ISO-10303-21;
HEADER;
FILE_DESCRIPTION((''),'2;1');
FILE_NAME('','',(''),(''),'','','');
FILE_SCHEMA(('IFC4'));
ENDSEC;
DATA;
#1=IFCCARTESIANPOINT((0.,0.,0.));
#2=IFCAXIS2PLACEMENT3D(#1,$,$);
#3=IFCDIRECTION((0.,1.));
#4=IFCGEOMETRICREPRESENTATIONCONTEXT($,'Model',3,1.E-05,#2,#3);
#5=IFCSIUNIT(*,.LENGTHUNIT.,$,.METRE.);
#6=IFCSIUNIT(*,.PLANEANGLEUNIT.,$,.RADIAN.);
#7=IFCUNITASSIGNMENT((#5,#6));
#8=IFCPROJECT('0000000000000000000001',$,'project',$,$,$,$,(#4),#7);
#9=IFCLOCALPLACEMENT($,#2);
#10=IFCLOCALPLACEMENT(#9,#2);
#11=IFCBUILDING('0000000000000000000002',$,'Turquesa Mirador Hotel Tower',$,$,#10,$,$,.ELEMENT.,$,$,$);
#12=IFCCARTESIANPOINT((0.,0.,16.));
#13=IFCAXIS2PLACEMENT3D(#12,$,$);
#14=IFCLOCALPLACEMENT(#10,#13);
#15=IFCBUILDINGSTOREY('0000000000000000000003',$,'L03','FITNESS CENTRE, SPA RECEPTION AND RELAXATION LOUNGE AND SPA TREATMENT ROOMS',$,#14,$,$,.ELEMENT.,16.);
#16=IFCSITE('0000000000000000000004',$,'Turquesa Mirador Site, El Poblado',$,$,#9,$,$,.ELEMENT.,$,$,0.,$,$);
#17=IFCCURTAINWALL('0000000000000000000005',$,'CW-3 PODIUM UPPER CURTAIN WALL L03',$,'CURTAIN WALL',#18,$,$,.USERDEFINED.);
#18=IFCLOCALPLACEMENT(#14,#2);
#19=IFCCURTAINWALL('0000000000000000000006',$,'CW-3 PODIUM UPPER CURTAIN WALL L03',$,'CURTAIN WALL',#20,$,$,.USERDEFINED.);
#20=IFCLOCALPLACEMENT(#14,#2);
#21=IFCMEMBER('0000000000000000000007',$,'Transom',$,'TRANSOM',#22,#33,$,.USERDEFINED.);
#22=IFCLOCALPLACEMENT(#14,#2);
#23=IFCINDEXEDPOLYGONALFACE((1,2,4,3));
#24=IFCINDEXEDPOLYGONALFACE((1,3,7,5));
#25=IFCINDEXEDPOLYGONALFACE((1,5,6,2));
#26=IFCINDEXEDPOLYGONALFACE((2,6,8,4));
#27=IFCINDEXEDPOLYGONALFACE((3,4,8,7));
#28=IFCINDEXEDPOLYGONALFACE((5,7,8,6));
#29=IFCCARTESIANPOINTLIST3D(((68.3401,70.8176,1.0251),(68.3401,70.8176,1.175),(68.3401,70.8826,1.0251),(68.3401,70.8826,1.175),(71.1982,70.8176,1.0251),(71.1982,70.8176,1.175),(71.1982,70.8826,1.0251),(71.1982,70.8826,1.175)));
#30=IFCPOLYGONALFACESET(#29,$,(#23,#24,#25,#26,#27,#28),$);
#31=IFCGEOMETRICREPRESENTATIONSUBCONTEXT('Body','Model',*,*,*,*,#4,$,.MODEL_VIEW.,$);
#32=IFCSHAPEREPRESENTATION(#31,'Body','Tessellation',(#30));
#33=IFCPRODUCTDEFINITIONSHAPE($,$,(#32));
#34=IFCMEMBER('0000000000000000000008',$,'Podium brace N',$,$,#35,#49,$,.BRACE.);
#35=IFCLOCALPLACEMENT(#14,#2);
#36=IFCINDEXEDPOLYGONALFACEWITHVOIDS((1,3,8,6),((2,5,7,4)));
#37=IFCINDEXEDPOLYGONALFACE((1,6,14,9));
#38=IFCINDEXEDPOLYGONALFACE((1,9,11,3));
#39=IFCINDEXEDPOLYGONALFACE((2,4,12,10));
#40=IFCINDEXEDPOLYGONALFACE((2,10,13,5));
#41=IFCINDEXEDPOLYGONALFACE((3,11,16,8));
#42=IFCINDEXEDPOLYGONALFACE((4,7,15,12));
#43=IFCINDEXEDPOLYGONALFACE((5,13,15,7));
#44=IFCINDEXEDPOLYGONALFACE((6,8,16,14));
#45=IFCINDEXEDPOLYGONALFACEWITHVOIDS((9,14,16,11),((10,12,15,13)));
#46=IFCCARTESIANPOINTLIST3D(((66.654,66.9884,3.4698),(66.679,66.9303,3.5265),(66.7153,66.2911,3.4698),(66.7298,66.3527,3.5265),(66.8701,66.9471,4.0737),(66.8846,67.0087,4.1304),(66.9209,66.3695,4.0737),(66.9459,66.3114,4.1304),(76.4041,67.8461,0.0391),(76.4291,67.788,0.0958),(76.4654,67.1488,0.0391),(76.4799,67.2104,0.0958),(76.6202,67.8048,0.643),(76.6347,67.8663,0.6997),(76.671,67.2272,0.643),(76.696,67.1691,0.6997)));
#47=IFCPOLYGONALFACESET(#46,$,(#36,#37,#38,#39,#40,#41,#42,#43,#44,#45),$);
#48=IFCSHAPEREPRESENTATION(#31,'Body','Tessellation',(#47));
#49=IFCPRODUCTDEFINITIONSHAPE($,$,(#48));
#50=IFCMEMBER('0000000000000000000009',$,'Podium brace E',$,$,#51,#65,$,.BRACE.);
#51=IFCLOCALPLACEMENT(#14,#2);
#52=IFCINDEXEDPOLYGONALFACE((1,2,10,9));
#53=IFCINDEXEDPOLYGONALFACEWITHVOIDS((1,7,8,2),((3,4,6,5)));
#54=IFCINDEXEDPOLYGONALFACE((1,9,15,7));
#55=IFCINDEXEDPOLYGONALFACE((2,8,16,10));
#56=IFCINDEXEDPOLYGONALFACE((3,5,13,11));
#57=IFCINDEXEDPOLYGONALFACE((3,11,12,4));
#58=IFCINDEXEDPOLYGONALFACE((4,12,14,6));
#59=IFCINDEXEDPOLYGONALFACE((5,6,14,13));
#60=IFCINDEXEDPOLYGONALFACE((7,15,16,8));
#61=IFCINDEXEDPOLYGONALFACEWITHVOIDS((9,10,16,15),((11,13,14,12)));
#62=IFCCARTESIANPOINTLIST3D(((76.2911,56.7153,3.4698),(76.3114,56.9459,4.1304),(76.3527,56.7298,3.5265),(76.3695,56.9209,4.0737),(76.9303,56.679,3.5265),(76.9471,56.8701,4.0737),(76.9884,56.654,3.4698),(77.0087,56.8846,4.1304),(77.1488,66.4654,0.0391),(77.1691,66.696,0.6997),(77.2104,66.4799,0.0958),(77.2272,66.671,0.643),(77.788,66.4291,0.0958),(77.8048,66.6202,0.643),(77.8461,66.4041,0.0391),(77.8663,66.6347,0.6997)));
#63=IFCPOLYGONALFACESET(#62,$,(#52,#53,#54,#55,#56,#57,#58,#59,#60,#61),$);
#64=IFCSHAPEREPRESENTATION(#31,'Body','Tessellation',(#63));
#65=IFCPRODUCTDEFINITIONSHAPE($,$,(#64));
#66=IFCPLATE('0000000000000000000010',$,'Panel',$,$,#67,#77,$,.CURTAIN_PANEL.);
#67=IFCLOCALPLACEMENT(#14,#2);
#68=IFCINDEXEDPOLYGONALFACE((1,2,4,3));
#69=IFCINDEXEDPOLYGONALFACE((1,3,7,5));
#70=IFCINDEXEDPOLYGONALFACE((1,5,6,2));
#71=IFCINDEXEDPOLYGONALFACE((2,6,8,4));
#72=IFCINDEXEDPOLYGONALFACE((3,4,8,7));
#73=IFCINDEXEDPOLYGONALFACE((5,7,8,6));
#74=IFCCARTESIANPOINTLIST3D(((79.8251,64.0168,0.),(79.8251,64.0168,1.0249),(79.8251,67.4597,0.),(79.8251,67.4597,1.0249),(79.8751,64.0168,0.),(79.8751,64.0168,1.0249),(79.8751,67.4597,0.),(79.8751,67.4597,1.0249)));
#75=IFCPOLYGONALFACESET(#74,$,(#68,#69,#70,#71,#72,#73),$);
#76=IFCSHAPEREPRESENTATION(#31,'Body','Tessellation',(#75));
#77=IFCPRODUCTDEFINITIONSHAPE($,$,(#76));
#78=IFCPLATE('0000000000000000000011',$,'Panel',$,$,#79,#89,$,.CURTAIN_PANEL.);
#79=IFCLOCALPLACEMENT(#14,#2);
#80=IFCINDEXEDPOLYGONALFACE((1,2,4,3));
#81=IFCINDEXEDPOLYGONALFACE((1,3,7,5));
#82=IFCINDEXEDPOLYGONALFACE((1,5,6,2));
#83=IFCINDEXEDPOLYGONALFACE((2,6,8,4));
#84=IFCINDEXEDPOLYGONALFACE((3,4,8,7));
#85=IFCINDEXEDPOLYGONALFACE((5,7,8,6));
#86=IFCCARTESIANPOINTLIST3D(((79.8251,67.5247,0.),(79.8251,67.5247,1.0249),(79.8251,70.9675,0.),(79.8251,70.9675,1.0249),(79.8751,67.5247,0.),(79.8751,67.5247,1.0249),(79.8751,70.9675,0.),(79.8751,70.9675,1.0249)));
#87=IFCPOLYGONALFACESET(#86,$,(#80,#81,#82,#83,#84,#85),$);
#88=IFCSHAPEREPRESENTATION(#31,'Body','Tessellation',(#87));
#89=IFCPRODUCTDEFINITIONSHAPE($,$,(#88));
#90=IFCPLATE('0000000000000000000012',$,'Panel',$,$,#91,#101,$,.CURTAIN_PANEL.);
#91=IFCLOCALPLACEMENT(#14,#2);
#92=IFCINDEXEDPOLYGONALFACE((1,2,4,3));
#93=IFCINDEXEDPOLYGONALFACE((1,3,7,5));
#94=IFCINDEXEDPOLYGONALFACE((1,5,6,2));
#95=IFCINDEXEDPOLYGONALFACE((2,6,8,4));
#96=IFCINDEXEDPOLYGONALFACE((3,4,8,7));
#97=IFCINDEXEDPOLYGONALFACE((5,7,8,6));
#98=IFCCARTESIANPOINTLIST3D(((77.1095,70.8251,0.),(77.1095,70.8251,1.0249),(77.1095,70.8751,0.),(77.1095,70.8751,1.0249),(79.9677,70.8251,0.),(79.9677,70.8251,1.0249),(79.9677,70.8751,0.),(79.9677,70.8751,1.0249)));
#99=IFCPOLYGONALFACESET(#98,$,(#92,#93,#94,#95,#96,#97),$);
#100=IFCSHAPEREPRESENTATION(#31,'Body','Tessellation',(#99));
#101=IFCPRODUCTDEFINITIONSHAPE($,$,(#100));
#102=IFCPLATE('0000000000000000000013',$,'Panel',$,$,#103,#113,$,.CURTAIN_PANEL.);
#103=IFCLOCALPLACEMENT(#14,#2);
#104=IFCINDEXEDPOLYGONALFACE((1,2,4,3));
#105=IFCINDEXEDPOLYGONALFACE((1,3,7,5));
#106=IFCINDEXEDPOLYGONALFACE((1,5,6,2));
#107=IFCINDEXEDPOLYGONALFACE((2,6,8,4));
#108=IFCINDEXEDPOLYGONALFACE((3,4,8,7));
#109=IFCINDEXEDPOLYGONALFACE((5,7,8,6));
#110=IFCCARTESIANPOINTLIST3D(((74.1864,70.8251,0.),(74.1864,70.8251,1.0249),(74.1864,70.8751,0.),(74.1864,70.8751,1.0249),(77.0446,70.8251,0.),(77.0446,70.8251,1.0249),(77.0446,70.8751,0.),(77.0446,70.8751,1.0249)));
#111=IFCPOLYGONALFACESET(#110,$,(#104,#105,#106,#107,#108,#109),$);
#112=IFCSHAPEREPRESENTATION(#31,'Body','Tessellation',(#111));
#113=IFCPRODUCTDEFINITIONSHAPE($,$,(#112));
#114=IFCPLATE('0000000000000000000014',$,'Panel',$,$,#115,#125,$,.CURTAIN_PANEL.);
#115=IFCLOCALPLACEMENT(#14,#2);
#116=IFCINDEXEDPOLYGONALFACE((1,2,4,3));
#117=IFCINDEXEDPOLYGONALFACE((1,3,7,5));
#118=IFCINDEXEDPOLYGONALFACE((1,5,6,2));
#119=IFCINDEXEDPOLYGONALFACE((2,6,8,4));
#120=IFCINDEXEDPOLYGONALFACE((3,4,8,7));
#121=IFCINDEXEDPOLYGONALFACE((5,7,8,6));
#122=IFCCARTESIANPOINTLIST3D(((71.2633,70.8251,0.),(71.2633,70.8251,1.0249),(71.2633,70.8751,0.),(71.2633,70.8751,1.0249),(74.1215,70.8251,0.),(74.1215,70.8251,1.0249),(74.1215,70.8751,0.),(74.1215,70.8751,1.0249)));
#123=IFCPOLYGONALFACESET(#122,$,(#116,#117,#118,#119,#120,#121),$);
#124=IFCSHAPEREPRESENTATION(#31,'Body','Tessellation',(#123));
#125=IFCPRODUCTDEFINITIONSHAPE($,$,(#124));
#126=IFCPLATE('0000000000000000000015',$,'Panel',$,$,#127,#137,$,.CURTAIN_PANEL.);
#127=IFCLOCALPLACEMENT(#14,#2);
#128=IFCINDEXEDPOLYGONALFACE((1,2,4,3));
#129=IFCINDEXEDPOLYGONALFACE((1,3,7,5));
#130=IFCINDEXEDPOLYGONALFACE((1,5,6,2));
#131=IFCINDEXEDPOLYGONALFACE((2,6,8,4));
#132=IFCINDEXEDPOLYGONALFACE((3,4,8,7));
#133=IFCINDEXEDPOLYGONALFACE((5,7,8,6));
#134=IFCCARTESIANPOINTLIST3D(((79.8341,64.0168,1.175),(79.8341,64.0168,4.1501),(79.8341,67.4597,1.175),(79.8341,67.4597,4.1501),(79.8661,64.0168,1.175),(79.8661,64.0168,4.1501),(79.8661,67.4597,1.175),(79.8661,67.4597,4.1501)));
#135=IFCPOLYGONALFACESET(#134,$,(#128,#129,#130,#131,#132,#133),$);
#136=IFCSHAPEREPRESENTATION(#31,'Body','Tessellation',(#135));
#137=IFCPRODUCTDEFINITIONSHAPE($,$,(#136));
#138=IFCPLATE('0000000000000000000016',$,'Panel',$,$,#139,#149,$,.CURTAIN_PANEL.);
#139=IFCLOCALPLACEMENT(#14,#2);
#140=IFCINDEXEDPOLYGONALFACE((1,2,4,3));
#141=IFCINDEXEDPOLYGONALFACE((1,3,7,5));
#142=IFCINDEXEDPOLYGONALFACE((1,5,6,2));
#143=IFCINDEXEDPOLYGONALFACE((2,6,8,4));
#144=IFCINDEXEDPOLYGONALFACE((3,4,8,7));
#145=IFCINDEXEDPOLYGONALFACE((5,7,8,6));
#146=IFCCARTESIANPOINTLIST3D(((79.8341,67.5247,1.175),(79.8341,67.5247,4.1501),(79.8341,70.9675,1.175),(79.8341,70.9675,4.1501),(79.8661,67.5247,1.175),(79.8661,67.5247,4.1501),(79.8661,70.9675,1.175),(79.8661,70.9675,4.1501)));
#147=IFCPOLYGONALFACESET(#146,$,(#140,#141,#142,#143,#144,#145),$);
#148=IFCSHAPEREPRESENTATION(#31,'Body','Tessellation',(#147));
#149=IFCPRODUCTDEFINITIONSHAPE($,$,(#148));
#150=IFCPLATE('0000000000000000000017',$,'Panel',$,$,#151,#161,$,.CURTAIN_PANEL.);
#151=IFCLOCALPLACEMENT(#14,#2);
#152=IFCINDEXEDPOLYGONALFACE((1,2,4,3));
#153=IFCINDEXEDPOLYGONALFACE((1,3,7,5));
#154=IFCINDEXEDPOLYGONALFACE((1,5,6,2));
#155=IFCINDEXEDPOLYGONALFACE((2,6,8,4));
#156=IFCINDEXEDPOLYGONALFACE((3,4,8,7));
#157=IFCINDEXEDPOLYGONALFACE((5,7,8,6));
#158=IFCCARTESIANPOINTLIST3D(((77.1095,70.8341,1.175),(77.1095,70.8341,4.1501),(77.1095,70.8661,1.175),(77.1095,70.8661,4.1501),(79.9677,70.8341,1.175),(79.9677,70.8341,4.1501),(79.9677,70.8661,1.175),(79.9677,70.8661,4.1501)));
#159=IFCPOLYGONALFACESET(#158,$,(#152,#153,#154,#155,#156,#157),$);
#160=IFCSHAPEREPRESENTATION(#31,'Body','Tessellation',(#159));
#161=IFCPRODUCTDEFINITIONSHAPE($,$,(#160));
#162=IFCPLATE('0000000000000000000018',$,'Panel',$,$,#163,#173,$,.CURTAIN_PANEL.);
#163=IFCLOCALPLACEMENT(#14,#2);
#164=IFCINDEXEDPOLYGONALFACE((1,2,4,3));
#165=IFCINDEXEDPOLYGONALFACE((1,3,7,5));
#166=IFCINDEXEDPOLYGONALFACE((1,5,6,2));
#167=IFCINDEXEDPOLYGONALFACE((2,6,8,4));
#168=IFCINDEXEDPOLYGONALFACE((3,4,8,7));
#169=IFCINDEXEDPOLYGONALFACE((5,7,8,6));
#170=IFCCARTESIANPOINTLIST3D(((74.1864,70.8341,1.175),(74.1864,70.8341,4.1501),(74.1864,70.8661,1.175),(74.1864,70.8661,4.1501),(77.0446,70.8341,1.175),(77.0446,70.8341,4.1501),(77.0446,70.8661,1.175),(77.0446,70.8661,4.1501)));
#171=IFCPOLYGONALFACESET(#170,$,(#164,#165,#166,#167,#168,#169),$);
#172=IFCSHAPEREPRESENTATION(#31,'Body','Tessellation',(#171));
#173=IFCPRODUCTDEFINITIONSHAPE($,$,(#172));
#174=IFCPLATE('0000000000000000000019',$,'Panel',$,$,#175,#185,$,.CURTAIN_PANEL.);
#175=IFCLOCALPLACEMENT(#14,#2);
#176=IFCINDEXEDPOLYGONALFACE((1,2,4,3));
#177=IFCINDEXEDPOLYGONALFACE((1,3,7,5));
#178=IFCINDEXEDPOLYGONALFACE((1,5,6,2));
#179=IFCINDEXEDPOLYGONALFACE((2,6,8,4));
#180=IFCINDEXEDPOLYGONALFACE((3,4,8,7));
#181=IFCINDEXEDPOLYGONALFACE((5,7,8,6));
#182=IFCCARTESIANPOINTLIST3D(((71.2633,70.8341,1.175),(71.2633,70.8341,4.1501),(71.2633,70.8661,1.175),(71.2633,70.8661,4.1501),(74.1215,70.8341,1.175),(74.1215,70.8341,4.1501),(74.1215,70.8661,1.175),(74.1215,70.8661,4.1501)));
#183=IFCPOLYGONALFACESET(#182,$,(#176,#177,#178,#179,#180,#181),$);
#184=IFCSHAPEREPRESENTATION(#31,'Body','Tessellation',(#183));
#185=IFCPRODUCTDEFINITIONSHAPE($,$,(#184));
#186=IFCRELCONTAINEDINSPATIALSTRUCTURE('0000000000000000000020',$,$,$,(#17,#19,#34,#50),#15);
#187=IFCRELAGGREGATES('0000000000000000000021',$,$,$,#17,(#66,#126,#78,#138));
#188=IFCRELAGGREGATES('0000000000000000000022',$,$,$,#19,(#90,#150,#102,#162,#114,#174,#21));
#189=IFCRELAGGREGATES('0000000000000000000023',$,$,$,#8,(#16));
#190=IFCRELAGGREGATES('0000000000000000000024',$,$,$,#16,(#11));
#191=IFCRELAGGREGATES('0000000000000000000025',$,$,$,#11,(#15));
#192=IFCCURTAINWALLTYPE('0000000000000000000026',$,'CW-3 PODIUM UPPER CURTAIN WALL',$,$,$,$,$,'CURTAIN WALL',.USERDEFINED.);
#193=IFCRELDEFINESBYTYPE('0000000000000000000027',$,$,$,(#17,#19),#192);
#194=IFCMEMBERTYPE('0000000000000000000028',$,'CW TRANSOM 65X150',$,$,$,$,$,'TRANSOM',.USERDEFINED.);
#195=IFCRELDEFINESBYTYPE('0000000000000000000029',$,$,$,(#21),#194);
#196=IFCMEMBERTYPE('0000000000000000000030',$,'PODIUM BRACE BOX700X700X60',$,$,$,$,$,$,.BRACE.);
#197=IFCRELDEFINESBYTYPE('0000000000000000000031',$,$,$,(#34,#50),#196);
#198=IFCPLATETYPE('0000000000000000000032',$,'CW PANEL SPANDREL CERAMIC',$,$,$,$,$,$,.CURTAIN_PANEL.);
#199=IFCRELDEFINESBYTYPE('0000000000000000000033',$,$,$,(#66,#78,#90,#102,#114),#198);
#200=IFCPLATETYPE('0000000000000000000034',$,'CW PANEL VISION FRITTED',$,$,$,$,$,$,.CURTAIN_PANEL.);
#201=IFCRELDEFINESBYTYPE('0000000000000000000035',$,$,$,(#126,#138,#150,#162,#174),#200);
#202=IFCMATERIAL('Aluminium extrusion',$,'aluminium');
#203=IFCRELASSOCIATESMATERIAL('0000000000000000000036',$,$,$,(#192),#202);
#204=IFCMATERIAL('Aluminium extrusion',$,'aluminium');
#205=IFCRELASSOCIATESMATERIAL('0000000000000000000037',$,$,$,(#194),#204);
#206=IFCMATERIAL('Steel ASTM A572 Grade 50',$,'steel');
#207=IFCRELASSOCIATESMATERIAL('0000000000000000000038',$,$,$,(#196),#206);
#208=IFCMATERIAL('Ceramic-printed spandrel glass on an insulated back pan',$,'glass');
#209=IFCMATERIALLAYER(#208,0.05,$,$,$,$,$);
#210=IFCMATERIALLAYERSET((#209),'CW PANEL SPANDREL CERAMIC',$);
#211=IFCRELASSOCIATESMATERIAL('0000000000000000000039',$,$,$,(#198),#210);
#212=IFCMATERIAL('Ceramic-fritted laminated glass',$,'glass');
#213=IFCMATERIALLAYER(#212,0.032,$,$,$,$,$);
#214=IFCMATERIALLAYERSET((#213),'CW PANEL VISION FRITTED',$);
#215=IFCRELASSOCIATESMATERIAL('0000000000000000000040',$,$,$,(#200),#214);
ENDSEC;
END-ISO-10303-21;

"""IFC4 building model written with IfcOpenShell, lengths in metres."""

from ifc_helpers import new_model, si_unit, direction, frame, origin, origin_2d, place, context, subcontext, project, spatial, rectangle, hollow_rectangle, extrude, material, layer, layer_set, material_profile, profile_set, type_object, element, aggregate, save


model = new_model("IFC4")

# Units and contexts
model_context = context("Model", 3, precision=1e-05, world=origin(), true_north=direction((0.0, 1.0)))
body_context = subcontext(model_context, "Body", "Model", "MODEL_VIEW")
ifc_project = project(units=[si_unit("LENGTHUNIT", "METRE"), si_unit("PLANEANGLEUNIT", "RADIAN")], contexts=[model_context])

# Site, building, storey
site_placement = place(None, origin())
site = spatial("IfcSite", under=ifc_project, at=site_placement, Name="Turquesa Mirador Site, El Poblado", CompositionType="ELEMENT", RefElevation=0.0)
building_placement = place(site_placement, origin())
building = spatial("IfcBuilding", under=site, at=building_placement, Name="Turquesa Mirador Hotel Tower", CompositionType="ELEMENT")
storey_placement = place(building_placement, frame((0.0, 0.0, 16.0)))
storey = spatial("IfcBuildingStorey", under=building, at=storey_placement, Name="L03", Description="FITNESS CENTRE, SPA RECEPTION AND RELAXATION LOUNGE AND SPA TREATMENT ROOMS", CompositionType="ELEMENT", Elevation=16.0)

# Curtain walls
ifc_material_1 = material(Name="Aluminium extrusion", Category="aluminium")
curtain_wall_type = type_object("IfcCurtainWallType", Name="CW-3 PODIUM UPPER CURTAIN WALL", ElementType="CURTAIN WALL", PredefinedType="USERDEFINED", material=ifc_material_1)
curtain_wall_1_placement = place(storey_placement, origin())
curtain_wall_1 = element("IfcCurtainWall", 1, at=curtain_wall_1_placement, inside=storey, type_object=curtain_wall_type, Name="CW-3 PODIUM UPPER CURTAIN WALL L03", ObjectType="CURTAIN WALL", PredefinedType="USERDEFINED")
curtain_wall_2_placement = place(storey_placement, origin())
curtain_wall_2 = element("IfcCurtainWall", 2, at=curtain_wall_2_placement, inside=storey, type_object=curtain_wall_type, Name="CW-3 PODIUM UPPER CURTAIN WALL L03", ObjectType="CURTAIN WALL", PredefinedType="USERDEFINED")

# Member
ifc_material_2 = material(Name="Aluminium extrusion", Category="aluminium")
ifc_material_profile_1 = material_profile(ifc_material_2, rectangle(XDim=0.0649, YDim=0.1499, at=origin_2d()), Name="TRANSOM 65X150")
ifc_profile_set_1 = profile_set([ifc_material_profile_1], Name="Aluminium extrusion")
member_type_1 = type_object("IfcMemberType", Name="CW TRANSOM 65X150", ElementType="TRANSOM", PredefinedType="USERDEFINED", material=ifc_profile_set_1)
member_1_placement = place(storey_placement, frame((71.1982, 70.8501, 1.1001), z_axis=(-1.0, 0.0, 0.0), x_axis=(0.0, -1.0, 0.0)))
member_1 = element("IfcMember", 3, at=member_1_placement, type_object=member_type_1, Name="Transom", ObjectType="TRANSOM", PredefinedType="USERDEFINED", context=body_context, shape_type="SweptSolid", body=[
    extrude(rectangle(XDim=0.0649, YDim=0.1499, at=origin_2d()), origin(), (0.0, 0.0, 1.0), 2.8582),
])

# Members
ifc_material_3 = material(Name="Steel ASTM A572 Grade 50", Category="steel")
ifc_material_profile_2 = material_profile(ifc_material_3, hollow_rectangle(XDim=0.7, YDim=0.7, WallThickness=0.0601, at=origin_2d()), Name="BOX700X700X60")
ifc_profile_set_2 = profile_set([ifc_material_profile_2], Name="Steel ASTM A572 Grade 50")
member_type_2 = type_object("IfcMemberType", Name="PODIUM BRACE BOX700X700X60", PredefinedType="BRACE", material=ifc_profile_set_2)
for number, where, z_axis, x_axis, name in (
    (4, (76.55, 67.5076, 0.3694), (-0.940078, -0.082695, 0.330779), (0.087627, -0.996153, 0.0), "Podium brace N"),
    (5, (77.5076, 66.55, 0.3694), (-0.082695, -0.940078, 0.330779), (0.996153, -0.087627, 0.0), "Podium brace E"),
):
    element("IfcMember", number, at=place(storey_placement, frame(where, z_axis=z_axis, x_axis=x_axis)), inside=storey, type_object=member_type_2, Name=name, PredefinedType="BRACE", context=body_context, shape_type="SweptSolid", body=[
        extrude(hollow_rectangle(XDim=0.7, YDim=0.7, WallThickness=0.0601, at=origin_2d()), origin(), (0.0, 0.0, 1.0), 10.3716),
    ])

# Plates
ifc_material_4 = material(Name="Ceramic-printed spandrel glass on an insulated back pan", Category="glass")
ifc_layer_1 = layer(ifc_material_4, 0.05)
ifc_layer_set_1 = layer_set([ifc_layer_1], Name="CW PANEL SPANDREL CERAMIC")
plate_type_1 = type_object("IfcPlateType", Name="CW PANEL SPANDREL CERAMIC", PredefinedType="CURTAIN_PANEL", material=ifc_layer_set_1)
plate_1_placement = place(storey_placement, frame((79.8501, 65.7383, 0.0), z_axis=(0.0, 0.0, 1.0), x_axis=(0.0, 1.0, 0.0)))
plate_1 = element("IfcPlate", 6, at=plate_1_placement, type_object=plate_type_1, Name="Panel", PredefinedType="CURTAIN_PANEL", context=body_context, shape_type="SweptSolid", body=[
    extrude(rectangle(XDim=3.4429, YDim=0.05, at=origin_2d()), origin(), (0.0, 0.0, 1.0), 1.0249),
])
plate_2_placement = place(storey_placement, frame((79.8501, 69.2461, 0.0), z_axis=(0.0, 0.0, 1.0), x_axis=(0.0, 1.0, 0.0)))
plate_2 = element("IfcPlate", 7, at=plate_2_placement, type_object=plate_type_1, Name="Panel", PredefinedType="CURTAIN_PANEL", context=body_context, shape_type="SweptSolid", body=[
    extrude(rectangle(XDim=3.4429, YDim=0.05, at=origin_2d()), origin(), (0.0, 0.0, 1.0), 1.0249),
])
plate_3_placement = place(storey_placement, frame((78.5386, 70.8501, 0.0), z_axis=(0.0, 0.0, 1.0), x_axis=(-1.0, 0.0, 0.0)))
plate_3 = element("IfcPlate", 8, at=plate_3_placement, type_object=plate_type_1, Name="Panel", PredefinedType="CURTAIN_PANEL", context=body_context, shape_type="SweptSolid", body=[
    extrude(rectangle(XDim=2.8582, YDim=0.05, at=origin_2d()), origin(), (0.0, 0.0, 1.0), 1.0249),
])
plate_4_placement = place(storey_placement, frame((75.6155, 70.8501, 0.0), z_axis=(0.0, 0.0, 1.0), x_axis=(-1.0, 0.0, 0.0)))
plate_4 = element("IfcPlate", 9, at=plate_4_placement, type_object=plate_type_1, Name="Panel", PredefinedType="CURTAIN_PANEL", context=body_context, shape_type="SweptSolid", body=[
    extrude(rectangle(XDim=2.8582, YDim=0.05, at=origin_2d()), origin(), (0.0, 0.0, 1.0), 1.0249),
])
plate_5_placement = place(storey_placement, frame((72.6924, 70.8501, 0.0), z_axis=(0.0, 0.0, 1.0), x_axis=(-1.0, 0.0, 0.0)))
plate_5 = element("IfcPlate", 10, at=plate_5_placement, type_object=plate_type_1, Name="Panel", PredefinedType="CURTAIN_PANEL", context=body_context, shape_type="SweptSolid", body=[
    extrude(rectangle(XDim=2.8582, YDim=0.05, at=origin_2d()), origin(), (0.0, 0.0, 1.0), 1.0249),
])
ifc_material_5 = material(Name="Ceramic-fritted laminated glass", Category="glass")
ifc_layer_2 = layer(ifc_material_5, 0.032)
ifc_layer_set_2 = layer_set([ifc_layer_2], Name="CW PANEL VISION FRITTED")
plate_type_2 = type_object("IfcPlateType", Name="CW PANEL VISION FRITTED", PredefinedType="CURTAIN_PANEL", material=ifc_layer_set_2)
plate_6_placement = place(storey_placement, frame((79.8501, 65.7383, 1.175), z_axis=(0.0, 0.0, 1.0), x_axis=(0.0, 1.0, 0.0)))
plate_6 = element("IfcPlate", 11, at=plate_6_placement, type_object=plate_type_2, Name="Panel", PredefinedType="CURTAIN_PANEL", context=body_context, shape_type="SweptSolid", body=[
    extrude(rectangle(XDim=3.4429, YDim=0.032, at=origin_2d()), origin(), (0.0, 0.0, 1.0), 2.9751),
])
plate_7_placement = place(storey_placement, frame((79.8501, 69.2461, 1.175), z_axis=(0.0, 0.0, 1.0), x_axis=(0.0, 1.0, 0.0)))
plate_7 = element("IfcPlate", 12, at=plate_7_placement, type_object=plate_type_2, Name="Panel", PredefinedType="CURTAIN_PANEL", context=body_context, shape_type="SweptSolid", body=[
    extrude(rectangle(XDim=3.4429, YDim=0.032, at=origin_2d()), origin(), (0.0, 0.0, 1.0), 2.9751),
])
aggregate(curtain_wall_1, [plate_1, plate_6, plate_2, plate_7])
plate_8_placement = place(storey_placement, frame((78.5386, 70.8501, 1.175), z_axis=(0.0, 0.0, 1.0), x_axis=(-1.0, 0.0, 0.0)))
plate_8 = element("IfcPlate", 13, at=plate_8_placement, type_object=plate_type_2, Name="Panel", PredefinedType="CURTAIN_PANEL", context=body_context, shape_type="SweptSolid", body=[
    extrude(rectangle(XDim=2.8582, YDim=0.032, at=origin_2d()), origin(), (0.0, 0.0, 1.0), 2.9751),
])
plate_9_placement = place(storey_placement, frame((75.6155, 70.8501, 1.175), z_axis=(0.0, 0.0, 1.0), x_axis=(-1.0, 0.0, 0.0)))
plate_9 = element("IfcPlate", 14, at=plate_9_placement, type_object=plate_type_2, Name="Panel", PredefinedType="CURTAIN_PANEL", context=body_context, shape_type="SweptSolid", body=[
    extrude(rectangle(XDim=2.8582, YDim=0.032, at=origin_2d()), origin(), (0.0, 0.0, 1.0), 2.9751),
])
plate_10_placement = place(storey_placement, frame((72.6924, 70.8501, 1.175), z_axis=(0.0, 0.0, 1.0), x_axis=(-1.0, 0.0, 0.0)))
plate_10 = element("IfcPlate", 15, at=plate_10_placement, type_object=plate_type_2, Name="Panel", PredefinedType="CURTAIN_PANEL", context=body_context, shape_type="SweptSolid", body=[
    extrude(rectangle(XDim=2.8582, YDim=0.032, at=origin_2d()), origin(), (0.0, 0.0, 1.0), 2.9751),
])
aggregate(curtain_wall_2, [plate_3, plate_8, plate_4, plate_9, plate_5, plate_10, member_1])

save(model, "model.ifc")
